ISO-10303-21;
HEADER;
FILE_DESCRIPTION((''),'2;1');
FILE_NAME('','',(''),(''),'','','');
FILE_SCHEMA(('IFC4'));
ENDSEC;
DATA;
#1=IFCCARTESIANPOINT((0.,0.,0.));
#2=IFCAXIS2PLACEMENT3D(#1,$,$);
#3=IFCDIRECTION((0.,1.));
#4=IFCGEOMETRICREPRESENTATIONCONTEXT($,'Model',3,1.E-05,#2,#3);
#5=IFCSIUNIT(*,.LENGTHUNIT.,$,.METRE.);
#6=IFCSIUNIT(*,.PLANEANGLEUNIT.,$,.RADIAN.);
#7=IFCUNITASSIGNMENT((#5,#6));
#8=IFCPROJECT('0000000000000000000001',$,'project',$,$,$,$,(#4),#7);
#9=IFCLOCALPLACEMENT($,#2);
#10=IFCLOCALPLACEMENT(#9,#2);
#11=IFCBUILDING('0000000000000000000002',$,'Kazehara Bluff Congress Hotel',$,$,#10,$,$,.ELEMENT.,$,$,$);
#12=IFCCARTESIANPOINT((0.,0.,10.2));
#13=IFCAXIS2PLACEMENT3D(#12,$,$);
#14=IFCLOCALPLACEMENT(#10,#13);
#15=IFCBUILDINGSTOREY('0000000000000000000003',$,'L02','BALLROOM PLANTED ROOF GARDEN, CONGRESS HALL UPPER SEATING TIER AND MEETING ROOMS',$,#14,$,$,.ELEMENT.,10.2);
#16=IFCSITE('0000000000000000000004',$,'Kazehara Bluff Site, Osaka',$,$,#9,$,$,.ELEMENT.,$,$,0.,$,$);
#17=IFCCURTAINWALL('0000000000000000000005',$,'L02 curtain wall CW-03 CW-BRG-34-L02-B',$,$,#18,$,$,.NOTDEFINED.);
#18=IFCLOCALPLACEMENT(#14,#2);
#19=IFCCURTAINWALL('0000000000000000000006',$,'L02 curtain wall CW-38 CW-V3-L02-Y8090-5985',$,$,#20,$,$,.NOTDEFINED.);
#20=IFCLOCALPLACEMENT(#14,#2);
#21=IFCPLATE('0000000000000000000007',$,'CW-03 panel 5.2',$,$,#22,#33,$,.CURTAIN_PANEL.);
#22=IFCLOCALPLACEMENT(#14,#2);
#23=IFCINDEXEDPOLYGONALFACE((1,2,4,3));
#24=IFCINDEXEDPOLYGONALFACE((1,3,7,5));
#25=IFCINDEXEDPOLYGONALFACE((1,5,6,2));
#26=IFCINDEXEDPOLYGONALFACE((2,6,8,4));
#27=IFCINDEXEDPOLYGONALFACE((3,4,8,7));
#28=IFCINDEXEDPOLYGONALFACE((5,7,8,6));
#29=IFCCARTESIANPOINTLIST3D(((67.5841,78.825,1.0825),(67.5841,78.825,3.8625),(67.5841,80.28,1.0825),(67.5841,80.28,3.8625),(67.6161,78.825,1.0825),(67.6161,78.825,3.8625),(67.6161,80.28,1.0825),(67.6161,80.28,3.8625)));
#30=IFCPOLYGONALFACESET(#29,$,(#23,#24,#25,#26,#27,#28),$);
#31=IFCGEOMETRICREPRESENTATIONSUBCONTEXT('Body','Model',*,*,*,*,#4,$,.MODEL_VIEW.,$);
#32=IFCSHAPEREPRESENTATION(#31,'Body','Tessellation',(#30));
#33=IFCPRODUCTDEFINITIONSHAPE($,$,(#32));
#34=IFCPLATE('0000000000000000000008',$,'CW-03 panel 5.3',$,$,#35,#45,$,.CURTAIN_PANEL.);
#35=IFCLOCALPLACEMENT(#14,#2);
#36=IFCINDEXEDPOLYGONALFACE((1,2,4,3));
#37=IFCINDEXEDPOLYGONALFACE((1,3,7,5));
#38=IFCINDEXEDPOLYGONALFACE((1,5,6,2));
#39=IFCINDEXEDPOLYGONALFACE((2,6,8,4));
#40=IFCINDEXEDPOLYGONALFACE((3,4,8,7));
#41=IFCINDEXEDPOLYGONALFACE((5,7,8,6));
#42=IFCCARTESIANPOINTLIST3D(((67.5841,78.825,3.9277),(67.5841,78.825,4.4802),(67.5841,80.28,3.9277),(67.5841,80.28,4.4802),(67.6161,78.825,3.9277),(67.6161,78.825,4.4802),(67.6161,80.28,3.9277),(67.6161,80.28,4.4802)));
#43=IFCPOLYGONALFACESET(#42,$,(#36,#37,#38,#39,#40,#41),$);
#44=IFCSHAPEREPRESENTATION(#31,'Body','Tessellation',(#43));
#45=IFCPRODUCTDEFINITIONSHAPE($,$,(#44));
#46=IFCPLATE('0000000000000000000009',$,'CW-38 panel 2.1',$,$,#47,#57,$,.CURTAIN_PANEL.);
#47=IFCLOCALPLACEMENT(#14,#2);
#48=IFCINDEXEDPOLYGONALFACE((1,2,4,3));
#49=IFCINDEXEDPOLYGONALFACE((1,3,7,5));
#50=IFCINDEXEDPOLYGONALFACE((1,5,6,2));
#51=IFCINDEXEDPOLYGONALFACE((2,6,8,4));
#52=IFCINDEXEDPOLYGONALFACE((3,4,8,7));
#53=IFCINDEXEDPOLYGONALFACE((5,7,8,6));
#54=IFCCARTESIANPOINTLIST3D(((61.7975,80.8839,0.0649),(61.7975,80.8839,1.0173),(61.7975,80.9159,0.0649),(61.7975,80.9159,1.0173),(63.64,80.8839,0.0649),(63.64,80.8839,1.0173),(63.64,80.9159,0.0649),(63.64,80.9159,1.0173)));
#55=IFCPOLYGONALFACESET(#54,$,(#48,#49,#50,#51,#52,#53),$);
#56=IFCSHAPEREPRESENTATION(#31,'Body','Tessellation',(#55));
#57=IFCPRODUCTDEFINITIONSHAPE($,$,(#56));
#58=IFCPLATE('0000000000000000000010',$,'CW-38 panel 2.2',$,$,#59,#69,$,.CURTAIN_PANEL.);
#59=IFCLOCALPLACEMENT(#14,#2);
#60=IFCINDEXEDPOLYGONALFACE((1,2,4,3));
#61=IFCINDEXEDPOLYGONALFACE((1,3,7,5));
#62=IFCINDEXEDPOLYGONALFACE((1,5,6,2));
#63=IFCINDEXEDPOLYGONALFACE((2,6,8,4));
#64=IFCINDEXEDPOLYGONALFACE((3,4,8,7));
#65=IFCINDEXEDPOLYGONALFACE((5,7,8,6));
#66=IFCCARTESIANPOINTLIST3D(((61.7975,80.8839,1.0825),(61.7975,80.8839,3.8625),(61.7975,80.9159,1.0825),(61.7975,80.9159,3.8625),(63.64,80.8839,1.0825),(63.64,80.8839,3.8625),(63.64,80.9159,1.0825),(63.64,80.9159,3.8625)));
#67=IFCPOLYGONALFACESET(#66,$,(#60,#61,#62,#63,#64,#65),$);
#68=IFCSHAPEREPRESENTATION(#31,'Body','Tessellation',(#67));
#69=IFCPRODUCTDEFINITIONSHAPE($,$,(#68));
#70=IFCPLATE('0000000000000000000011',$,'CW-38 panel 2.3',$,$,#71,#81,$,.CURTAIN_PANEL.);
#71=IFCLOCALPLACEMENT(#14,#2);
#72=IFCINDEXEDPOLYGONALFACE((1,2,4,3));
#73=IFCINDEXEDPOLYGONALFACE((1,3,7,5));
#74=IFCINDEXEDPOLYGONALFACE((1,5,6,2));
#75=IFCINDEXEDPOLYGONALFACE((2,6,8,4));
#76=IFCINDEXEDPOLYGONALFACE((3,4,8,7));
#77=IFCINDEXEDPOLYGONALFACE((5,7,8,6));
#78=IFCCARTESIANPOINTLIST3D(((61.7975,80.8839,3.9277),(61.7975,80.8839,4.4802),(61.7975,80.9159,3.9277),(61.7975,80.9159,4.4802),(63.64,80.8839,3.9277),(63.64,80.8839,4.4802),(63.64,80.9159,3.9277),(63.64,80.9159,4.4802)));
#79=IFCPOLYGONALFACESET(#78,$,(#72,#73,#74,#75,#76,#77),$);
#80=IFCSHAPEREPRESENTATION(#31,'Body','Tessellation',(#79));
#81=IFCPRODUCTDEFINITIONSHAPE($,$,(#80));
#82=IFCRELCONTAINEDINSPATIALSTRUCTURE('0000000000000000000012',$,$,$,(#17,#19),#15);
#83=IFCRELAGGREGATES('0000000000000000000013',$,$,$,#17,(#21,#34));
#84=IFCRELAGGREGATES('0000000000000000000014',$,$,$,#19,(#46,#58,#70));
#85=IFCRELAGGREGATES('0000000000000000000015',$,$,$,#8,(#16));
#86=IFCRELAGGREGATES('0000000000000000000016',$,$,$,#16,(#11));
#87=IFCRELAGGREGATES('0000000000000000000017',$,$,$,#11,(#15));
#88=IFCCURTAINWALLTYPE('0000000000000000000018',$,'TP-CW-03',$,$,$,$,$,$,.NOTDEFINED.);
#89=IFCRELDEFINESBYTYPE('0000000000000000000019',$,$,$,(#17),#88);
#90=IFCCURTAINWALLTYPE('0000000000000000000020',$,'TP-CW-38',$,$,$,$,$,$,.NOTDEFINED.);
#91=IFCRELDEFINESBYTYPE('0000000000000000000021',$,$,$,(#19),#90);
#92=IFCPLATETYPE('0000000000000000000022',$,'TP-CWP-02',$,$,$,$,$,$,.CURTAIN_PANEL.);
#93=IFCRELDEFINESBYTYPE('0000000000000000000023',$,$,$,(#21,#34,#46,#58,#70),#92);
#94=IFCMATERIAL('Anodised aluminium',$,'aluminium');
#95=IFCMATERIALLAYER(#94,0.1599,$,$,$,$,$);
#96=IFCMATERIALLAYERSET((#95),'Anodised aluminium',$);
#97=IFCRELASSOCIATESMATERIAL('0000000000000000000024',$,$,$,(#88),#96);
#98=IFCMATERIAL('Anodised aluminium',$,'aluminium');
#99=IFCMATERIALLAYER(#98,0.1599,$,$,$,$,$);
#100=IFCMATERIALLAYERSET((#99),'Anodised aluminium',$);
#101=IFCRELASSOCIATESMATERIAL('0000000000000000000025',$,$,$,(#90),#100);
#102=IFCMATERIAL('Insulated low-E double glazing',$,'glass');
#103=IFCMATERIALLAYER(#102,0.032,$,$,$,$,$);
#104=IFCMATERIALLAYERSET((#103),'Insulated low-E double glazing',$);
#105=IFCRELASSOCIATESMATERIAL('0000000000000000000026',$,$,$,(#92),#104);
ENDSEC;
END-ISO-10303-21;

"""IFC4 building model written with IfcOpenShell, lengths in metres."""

from ifc_helpers import new_model, si_unit, direction, frame, origin, origin_2d, place, context, subcontext, project, spatial, rectangle, extrude, material, layer, layer_set, type_object, element, aggregate, save


model = new_model("IFC4")

# Units and contexts
model_context = context("Model", 3, precision=1e-05, world=origin(), true_north=direction((0.0, 1.0)))
body_context = subcontext(model_context, "Body", "Model", "MODEL_VIEW")
ifc_project = project(units=[si_unit("LENGTHUNIT", "METRE"), si_unit("PLANEANGLEUNIT", "RADIAN")], contexts=[model_context])

# Site, building, storey
site_placement = place(None, origin())
site = spatial("IfcSite", under=ifc_project, at=site_placement, Name="Kazehara Bluff Site, Osaka", CompositionType="ELEMENT", RefElevation=0.0)
building_placement = place(site_placement, origin())
building = spatial("IfcBuilding", under=site, at=building_placement, Name="Kazehara Bluff Congress Hotel", CompositionType="ELEMENT")
storey_placement = place(building_placement, frame((0.0, 0.0, 10.2)))
storey = spatial("IfcBuildingStorey", under=building, at=storey_placement, Name="L02", Description="BALLROOM PLANTED ROOF GARDEN, CONGRESS HALL UPPER SEATING TIER AND MEETING ROOMS", CompositionType="ELEMENT", Elevation=10.2)

# Curtain wall
ifc_material_1 = material(Name="Anodised aluminium", Category="aluminium")
ifc_layer_1 = layer(ifc_material_1, 0.1599)
ifc_layer_set_1 = layer_set([ifc_layer_1], Name="Anodised aluminium")
curtain_wall_type_1 = type_object("IfcCurtainWallType", Name="TP-CW-03", PredefinedType="NOTDEFINED", material=ifc_layer_set_1)
curtain_wall_1_placement = place(storey_placement, origin())
curtain_wall_1 = element("IfcCurtainWall", 1, at=curtain_wall_1_placement, inside=storey, type_object=curtain_wall_type_1, Name="L02 curtain wall CW-03 CW-BRG-34-L02-B", PredefinedType="NOTDEFINED")

# Curtain wall
ifc_material_2 = material(Name="Anodised aluminium", Category="aluminium")
ifc_layer_2 = layer(ifc_material_2, 0.1599)
ifc_layer_set_2 = layer_set([ifc_layer_2], Name="Anodised aluminium")
curtain_wall_type_2 = type_object("IfcCurtainWallType", Name="TP-CW-38", PredefinedType="NOTDEFINED", material=ifc_layer_set_2)
curtain_wall_2_placement = place(storey_placement, origin())
curtain_wall_2 = element("IfcCurtainWall", 2, at=curtain_wall_2_placement, inside=storey, type_object=curtain_wall_type_2, Name="L02 curtain wall CW-38 CW-V3-L02-Y8090-5985", PredefinedType="NOTDEFINED")

# Plates
ifc_material_3 = material(Name="Insulated low-E double glazing", Category="glass")
ifc_layer_3 = layer(ifc_material_3, 0.032)
ifc_layer_set_3 = layer_set([ifc_layer_3], Name="Insulated low-E double glazing")
plate_type = type_object("IfcPlateType", Name="TP-CWP-02", PredefinedType="CURTAIN_PANEL", material=ifc_layer_set_3)
plate_1_placement = place(storey_placement, frame((67.6001, 79.5525, 1.0825), z_axis=(0.0, 0.0, 1.0), x_axis=(0.0, 1.0, 0.0)))
plate_1 = element("IfcPlate", 3, at=plate_1_placement, type_object=plate_type, Name="CW-03 panel 5.2", PredefinedType="CURTAIN_PANEL", context=body_context, shape_type="SweptSolid", body=[
    extrude(rectangle(XDim=1.4551, YDim=0.032, at=origin_2d()), origin(), (0.0, 0.0, 1.0), 2.78),
])
plate_2_placement = place(storey_placement, frame((67.6001, 79.5525, 3.9277), z_axis=(0.0, 0.0, 1.0), x_axis=(0.0, 1.0, 0.0)))
plate_2 = element("IfcPlate", 4, at=plate_2_placement, type_object=plate_type, Name="CW-03 panel 5.3", PredefinedType="CURTAIN_PANEL", context=body_context, shape_type="SweptSolid", body=[
    extrude(rectangle(XDim=1.4551, YDim=0.032, at=origin_2d()), origin(), (0.0, 0.0, 1.0), 0.5525),
])
aggregate(curtain_wall_1, [plate_1, plate_2])
plate_3_placement = place(storey_placement, frame((62.7188, 80.8999, 0.0649), z_axis=(0.0, 0.0, 1.0), x_axis=(1.0, 0.0, 0.0)))
plate_3 = element("IfcPlate", 5, at=plate_3_placement, type_object=plate_type, Name="CW-38 panel 2.1", PredefinedType="CURTAIN_PANEL", context=body_context, shape_type="SweptSolid", body=[
    extrude(rectangle(XDim=1.8425, YDim=0.032, at=origin_2d()), origin(), (0.0, 0.0, 1.0), 0.9524),
])
plate_4_placement = place(storey_placement, frame((62.7188, 80.8999, 1.0825), z_axis=(0.0, 0.0, 1.0), x_axis=(1.0, 0.0, 0.0)))
plate_4 = element("IfcPlate", 6, at=plate_4_placement, type_object=plate_type, Name="CW-38 panel 2.2", PredefinedType="CURTAIN_PANEL", context=body_context, shape_type="SweptSolid", body=[
    extrude(rectangle(XDim=1.8425, YDim=0.032, at=origin_2d()), origin(), (0.0, 0.0, 1.0), 2.78),
])
plate_5_placement = place(storey_placement, frame((62.7188, 80.8999, 3.9277), z_axis=(0.0, 0.0, 1.0), x_axis=(1.0, 0.0, 0.0)))
plate_5 = element("IfcPlate", 7, at=plate_5_placement, type_object=plate_type, Name="CW-38 panel 2.3", PredefinedType="CURTAIN_PANEL", context=body_context, shape_type="SweptSolid", body=[
    extrude(rectangle(XDim=1.8425, YDim=0.032, at=origin_2d()), origin(), (0.0, 0.0, 1.0), 0.5525),
])
aggregate(curtain_wall_2, [plate_3, plate_4, plate_5])

save(model, "model.ifc")
